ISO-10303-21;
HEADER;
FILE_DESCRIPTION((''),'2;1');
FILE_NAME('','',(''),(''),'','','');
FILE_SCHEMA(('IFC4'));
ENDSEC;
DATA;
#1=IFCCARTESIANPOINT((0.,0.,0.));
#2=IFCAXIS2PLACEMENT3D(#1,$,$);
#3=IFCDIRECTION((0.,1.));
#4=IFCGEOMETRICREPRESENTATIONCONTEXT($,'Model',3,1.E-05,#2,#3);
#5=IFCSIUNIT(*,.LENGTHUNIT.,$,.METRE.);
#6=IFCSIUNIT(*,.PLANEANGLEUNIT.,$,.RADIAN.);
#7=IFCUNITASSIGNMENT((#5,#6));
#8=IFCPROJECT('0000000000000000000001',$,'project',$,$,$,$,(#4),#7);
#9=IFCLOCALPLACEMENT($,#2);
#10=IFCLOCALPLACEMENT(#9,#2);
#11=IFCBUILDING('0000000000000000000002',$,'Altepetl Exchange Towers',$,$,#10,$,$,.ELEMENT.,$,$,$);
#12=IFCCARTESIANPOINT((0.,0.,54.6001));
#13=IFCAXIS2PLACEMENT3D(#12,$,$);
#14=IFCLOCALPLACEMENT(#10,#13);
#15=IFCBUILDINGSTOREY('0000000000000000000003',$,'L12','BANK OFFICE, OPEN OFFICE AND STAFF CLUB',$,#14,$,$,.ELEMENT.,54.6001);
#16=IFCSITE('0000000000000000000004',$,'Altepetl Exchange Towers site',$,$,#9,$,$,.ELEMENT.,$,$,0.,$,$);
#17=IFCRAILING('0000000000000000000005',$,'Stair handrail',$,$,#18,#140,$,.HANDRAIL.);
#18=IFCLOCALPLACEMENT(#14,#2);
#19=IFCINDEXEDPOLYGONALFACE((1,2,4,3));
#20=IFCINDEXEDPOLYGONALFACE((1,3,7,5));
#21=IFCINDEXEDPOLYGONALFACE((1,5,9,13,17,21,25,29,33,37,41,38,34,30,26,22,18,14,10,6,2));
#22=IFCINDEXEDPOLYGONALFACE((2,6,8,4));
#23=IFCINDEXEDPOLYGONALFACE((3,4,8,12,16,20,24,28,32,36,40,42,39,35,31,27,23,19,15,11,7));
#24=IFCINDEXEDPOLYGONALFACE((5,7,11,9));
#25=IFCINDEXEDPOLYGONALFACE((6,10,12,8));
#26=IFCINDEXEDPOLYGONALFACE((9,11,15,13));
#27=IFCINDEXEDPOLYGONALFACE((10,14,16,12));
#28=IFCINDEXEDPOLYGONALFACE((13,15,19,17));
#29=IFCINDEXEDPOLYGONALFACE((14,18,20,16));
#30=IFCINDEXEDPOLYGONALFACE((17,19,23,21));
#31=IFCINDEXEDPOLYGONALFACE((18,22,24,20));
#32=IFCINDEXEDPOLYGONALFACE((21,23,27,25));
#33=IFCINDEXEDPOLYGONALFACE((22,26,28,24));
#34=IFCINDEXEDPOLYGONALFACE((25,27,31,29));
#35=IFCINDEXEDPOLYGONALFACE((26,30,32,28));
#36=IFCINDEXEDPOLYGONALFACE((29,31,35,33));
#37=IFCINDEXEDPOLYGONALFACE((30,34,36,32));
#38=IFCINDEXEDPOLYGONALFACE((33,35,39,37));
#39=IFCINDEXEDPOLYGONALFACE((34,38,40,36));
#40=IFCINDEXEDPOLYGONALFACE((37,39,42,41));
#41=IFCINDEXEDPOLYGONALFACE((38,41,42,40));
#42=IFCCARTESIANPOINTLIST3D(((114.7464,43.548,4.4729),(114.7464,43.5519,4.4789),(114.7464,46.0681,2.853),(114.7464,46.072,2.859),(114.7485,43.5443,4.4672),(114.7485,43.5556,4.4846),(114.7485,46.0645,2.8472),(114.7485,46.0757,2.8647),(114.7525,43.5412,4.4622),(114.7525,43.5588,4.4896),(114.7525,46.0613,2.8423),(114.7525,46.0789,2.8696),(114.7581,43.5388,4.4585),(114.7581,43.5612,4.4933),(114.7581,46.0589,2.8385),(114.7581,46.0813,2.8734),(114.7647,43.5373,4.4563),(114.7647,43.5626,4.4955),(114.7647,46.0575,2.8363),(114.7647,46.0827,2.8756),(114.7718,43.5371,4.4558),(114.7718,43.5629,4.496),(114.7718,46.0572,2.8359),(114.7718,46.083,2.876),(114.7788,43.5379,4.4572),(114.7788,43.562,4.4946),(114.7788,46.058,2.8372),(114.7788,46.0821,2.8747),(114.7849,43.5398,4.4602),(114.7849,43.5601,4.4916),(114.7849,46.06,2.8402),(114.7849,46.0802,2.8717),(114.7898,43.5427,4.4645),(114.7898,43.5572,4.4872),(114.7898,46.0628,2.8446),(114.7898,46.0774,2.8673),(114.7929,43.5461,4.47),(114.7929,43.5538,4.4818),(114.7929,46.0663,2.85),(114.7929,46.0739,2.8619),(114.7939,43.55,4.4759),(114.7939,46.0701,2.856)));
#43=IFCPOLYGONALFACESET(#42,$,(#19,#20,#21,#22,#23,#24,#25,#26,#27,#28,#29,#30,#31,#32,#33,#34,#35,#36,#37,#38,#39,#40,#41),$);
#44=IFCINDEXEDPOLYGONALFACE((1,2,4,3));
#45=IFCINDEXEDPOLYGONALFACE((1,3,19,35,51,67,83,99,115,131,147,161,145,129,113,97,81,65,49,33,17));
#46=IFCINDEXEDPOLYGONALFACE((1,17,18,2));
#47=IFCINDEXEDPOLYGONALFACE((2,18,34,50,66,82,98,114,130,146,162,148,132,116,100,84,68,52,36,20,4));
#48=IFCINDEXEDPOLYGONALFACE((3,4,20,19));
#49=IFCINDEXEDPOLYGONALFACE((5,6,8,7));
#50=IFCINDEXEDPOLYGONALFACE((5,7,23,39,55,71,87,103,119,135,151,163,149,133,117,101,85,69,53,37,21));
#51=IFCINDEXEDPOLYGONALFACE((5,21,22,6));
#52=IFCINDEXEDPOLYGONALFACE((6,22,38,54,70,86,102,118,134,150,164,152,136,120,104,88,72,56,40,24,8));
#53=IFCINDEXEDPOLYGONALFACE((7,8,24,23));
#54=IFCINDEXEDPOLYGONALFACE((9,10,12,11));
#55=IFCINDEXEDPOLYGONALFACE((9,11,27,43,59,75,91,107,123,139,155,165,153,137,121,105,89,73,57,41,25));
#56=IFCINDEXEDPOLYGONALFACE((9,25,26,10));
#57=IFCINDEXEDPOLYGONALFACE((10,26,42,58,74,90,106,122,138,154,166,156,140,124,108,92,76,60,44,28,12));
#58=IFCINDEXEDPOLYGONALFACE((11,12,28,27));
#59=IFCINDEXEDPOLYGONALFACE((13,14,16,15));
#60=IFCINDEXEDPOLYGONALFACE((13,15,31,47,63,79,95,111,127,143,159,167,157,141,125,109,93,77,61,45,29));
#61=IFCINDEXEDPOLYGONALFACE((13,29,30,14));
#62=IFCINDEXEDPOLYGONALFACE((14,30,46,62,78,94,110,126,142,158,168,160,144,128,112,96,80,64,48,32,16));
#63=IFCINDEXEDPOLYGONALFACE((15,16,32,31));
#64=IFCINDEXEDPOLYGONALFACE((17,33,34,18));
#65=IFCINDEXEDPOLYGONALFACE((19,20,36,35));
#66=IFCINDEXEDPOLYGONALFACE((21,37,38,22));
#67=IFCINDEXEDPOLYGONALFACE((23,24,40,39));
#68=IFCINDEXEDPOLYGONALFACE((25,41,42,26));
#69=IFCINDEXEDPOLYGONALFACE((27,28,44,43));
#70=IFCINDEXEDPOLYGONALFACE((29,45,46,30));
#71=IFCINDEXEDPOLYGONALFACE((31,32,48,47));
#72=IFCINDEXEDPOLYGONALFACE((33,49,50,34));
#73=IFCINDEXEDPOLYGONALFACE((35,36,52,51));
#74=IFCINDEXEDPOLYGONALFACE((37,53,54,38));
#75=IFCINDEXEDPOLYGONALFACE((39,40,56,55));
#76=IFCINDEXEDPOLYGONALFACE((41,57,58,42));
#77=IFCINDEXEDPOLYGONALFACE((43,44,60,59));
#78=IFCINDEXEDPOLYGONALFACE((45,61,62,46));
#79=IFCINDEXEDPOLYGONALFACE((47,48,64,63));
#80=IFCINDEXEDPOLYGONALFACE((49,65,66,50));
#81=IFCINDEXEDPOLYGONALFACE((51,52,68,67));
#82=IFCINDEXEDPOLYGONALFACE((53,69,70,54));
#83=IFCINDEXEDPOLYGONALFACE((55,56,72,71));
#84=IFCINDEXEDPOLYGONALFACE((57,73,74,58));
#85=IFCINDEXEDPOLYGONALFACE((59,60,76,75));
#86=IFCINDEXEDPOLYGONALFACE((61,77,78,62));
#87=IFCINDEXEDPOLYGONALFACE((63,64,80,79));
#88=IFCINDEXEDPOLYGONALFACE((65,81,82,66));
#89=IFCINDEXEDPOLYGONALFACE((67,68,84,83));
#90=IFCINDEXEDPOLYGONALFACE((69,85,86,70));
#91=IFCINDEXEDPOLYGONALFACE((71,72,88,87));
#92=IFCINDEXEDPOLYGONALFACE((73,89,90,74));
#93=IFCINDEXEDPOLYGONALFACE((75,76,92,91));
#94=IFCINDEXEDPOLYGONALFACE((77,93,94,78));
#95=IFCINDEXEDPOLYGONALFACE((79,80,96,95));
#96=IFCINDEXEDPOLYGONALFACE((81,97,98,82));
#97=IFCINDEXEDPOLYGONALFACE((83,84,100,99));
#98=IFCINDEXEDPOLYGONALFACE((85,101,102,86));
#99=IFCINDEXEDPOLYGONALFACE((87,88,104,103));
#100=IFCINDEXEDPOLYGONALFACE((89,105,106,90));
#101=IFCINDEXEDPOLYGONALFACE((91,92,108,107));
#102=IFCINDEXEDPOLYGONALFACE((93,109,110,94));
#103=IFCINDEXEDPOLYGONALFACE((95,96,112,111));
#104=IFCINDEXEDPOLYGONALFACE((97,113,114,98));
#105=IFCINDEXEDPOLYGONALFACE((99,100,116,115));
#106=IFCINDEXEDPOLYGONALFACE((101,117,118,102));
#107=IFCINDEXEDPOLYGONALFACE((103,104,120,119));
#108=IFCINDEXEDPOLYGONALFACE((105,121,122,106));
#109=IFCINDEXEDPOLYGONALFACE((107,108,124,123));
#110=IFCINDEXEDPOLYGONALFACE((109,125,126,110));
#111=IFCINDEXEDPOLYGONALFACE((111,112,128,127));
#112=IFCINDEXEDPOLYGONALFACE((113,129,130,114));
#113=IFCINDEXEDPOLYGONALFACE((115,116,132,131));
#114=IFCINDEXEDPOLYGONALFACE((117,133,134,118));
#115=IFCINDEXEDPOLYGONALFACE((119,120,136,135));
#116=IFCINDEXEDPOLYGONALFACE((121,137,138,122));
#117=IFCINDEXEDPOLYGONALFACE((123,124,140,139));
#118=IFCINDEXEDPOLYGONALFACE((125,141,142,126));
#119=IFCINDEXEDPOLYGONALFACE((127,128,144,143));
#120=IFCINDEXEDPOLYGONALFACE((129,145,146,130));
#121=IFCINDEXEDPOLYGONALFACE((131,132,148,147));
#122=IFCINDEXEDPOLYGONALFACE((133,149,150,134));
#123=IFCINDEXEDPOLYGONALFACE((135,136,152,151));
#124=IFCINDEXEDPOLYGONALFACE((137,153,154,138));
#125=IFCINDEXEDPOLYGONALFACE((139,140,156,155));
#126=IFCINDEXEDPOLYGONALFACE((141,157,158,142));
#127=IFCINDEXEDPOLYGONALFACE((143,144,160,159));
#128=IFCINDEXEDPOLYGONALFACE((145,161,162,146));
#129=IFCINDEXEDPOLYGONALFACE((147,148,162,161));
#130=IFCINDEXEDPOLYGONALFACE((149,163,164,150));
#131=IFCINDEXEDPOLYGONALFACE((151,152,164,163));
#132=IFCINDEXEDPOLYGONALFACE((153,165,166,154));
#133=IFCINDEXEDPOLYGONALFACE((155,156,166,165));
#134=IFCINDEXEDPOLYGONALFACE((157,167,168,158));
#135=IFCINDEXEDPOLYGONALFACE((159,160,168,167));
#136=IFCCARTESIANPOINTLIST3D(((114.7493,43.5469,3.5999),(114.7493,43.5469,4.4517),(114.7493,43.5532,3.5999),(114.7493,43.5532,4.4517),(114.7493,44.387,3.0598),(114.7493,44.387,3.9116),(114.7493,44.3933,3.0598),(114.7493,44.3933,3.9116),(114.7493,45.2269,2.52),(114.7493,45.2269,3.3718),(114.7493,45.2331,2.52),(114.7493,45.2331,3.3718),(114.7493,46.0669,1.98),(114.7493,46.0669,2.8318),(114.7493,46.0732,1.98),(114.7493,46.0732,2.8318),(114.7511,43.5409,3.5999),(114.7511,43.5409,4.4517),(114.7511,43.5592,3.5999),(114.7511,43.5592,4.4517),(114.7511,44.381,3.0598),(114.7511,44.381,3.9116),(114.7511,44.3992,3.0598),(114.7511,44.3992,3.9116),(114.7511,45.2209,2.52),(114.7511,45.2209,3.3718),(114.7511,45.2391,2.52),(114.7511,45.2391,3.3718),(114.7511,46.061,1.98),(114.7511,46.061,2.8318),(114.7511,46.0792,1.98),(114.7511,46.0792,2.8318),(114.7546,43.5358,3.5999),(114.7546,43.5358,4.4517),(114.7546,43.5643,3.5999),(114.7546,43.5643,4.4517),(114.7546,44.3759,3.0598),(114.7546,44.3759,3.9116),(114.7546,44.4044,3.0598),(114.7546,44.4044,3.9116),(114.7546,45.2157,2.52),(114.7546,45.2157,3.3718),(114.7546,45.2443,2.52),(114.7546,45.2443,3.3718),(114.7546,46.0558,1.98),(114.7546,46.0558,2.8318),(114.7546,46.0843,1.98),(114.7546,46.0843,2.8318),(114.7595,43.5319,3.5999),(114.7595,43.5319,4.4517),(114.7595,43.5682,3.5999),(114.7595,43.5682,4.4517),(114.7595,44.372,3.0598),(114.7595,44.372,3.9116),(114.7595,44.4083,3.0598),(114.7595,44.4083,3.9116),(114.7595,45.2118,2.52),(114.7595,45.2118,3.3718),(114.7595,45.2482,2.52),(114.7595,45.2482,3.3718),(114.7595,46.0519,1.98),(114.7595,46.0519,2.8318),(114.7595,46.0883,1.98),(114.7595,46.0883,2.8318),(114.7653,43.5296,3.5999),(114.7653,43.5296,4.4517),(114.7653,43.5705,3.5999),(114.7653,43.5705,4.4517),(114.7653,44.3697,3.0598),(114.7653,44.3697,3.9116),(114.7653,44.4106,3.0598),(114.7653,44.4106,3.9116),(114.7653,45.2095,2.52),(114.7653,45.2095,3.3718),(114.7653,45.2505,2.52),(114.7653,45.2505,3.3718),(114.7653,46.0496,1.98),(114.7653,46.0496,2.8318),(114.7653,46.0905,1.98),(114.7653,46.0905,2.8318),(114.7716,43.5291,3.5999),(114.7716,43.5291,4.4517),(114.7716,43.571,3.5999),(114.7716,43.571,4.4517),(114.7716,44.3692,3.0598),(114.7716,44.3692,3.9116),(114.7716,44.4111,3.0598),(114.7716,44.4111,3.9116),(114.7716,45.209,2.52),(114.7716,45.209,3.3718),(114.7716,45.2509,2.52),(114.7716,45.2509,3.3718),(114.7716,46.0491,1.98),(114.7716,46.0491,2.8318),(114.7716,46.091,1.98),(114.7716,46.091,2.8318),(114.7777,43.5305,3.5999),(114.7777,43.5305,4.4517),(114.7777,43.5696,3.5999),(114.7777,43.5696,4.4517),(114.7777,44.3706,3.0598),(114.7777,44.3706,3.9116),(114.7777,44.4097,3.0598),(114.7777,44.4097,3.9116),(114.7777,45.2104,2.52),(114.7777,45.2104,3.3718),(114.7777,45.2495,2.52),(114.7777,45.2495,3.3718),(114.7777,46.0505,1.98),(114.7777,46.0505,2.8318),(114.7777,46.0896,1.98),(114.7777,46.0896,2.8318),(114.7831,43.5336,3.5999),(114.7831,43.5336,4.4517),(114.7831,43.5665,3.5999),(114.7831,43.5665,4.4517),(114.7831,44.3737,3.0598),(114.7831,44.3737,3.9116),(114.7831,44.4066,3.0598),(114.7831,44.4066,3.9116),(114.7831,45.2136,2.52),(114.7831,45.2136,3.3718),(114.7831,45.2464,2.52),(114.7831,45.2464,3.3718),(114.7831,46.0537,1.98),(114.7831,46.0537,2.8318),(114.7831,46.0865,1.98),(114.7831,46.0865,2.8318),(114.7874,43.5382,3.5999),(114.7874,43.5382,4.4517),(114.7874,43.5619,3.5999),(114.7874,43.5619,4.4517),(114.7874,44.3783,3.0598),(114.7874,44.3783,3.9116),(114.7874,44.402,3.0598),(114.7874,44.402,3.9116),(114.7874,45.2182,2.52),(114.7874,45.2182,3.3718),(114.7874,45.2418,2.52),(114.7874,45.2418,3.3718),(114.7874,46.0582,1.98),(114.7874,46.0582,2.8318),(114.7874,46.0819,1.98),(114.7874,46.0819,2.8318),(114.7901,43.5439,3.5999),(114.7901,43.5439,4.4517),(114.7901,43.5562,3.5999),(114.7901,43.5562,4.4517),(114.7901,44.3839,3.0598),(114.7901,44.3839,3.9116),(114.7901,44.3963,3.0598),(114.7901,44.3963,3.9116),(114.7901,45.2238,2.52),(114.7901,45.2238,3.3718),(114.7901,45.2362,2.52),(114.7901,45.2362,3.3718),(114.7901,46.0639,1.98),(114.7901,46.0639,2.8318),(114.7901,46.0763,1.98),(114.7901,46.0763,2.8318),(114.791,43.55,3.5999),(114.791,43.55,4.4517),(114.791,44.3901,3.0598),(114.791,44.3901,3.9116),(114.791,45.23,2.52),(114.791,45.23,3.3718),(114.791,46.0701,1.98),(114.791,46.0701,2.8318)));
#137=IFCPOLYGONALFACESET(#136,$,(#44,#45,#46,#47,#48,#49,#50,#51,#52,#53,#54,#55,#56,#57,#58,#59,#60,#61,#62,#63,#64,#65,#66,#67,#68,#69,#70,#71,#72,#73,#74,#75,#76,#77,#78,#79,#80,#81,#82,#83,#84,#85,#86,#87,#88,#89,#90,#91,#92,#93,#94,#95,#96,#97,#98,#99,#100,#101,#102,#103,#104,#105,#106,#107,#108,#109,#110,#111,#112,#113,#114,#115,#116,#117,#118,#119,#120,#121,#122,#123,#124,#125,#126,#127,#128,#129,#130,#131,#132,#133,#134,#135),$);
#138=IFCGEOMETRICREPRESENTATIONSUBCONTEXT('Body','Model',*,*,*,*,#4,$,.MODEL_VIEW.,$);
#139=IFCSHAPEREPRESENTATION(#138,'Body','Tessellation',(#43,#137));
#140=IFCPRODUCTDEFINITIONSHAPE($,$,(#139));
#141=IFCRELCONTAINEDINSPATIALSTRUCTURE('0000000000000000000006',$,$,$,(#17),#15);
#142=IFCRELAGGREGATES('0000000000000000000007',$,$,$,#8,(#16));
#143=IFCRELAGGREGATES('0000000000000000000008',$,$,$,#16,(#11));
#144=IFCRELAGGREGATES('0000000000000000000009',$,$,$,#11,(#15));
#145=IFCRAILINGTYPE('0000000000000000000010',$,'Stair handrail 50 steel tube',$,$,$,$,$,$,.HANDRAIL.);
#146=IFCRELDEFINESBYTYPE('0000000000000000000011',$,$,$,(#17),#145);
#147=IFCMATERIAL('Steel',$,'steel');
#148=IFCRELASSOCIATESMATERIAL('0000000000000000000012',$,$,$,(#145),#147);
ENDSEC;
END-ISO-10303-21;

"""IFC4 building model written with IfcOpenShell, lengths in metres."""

from ifc_helpers import new_model, si_unit, direction, frame, origin, origin_2d, place, context, subcontext, project, spatial, circle, extrude, source, transform, mapped, material, type_object, element, save


model = new_model("IFC4")

# Units and contexts
model_context = context("Model", 3, precision=1e-05, world=origin(), true_north=direction((0.0, 1.0)))
body_context = subcontext(model_context, "Body", "Model", "MODEL_VIEW")
ifc_project = project(units=[si_unit("LENGTHUNIT", "METRE"), si_unit("PLANEANGLEUNIT", "RADIAN")], contexts=[model_context])

# Site, building, storey
site_placement = place(None, origin())
site = spatial("IfcSite", under=ifc_project, at=site_placement, Name="Altepetl Exchange Towers site", CompositionType="ELEMENT", RefElevation=0.0)
building_placement = place(site_placement, origin())
building = spatial("IfcBuilding", under=site, at=building_placement, Name="Altepetl Exchange Towers", CompositionType="ELEMENT")
storey_placement = place(building_placement, frame((0.0, 0.0, 54.6001)))
storey = spatial("IfcBuildingStorey", under=building, at=storey_placement, Name="L12", Description="BANK OFFICE, OPEN OFFICE AND STAFF CLUB", CompositionType="ELEMENT", Elevation=54.6001)

# Railing
ifc_material_1 = material(Name="Steel", Category="steel")
railing_type = type_object("IfcRailingType", Name="Stair handrail 50 steel tube", PredefinedType="HANDRAIL", material=ifc_material_1)
shared_shape = source(origin(), body_context, "Body", "SweptSolid", [
    extrude(circle(Radius=0.021, at=origin_2d()), origin(), (0.0, 0.0, 1.0), 0.8518),
])
railing_1_placement = place(storey_placement, frame((114.77, 46.0701, 1.98)))
element("IfcRailing", 1, at=railing_1_placement, inside=storey, type_object=railing_type, Name="Stair handrail", PredefinedType="HANDRAIL", context=body_context, shape_type="SweptSolid", body=[
    extrude(circle(Radius=0.0239, at=origin_2d()), frame((0.0, 0.0, 0.876), z_axis=(0.0, -0.8412, 0.540725), x_axis=(1.0, 0.0, 0.0)), (0.0, 0.0, 1.0), 2.9958),
    mapped(shared_shape, transform((0.0, 0.0, 0.0))),
    mapped(shared_shape, transform((0.0, -0.8401, 0.54))),
    mapped(shared_shape, transform((0.0, -1.6799, 1.0798))),
    mapped(shared_shape, transform((0.0, -2.52, 1.6199))),
])

save(model, "model.ifc")
